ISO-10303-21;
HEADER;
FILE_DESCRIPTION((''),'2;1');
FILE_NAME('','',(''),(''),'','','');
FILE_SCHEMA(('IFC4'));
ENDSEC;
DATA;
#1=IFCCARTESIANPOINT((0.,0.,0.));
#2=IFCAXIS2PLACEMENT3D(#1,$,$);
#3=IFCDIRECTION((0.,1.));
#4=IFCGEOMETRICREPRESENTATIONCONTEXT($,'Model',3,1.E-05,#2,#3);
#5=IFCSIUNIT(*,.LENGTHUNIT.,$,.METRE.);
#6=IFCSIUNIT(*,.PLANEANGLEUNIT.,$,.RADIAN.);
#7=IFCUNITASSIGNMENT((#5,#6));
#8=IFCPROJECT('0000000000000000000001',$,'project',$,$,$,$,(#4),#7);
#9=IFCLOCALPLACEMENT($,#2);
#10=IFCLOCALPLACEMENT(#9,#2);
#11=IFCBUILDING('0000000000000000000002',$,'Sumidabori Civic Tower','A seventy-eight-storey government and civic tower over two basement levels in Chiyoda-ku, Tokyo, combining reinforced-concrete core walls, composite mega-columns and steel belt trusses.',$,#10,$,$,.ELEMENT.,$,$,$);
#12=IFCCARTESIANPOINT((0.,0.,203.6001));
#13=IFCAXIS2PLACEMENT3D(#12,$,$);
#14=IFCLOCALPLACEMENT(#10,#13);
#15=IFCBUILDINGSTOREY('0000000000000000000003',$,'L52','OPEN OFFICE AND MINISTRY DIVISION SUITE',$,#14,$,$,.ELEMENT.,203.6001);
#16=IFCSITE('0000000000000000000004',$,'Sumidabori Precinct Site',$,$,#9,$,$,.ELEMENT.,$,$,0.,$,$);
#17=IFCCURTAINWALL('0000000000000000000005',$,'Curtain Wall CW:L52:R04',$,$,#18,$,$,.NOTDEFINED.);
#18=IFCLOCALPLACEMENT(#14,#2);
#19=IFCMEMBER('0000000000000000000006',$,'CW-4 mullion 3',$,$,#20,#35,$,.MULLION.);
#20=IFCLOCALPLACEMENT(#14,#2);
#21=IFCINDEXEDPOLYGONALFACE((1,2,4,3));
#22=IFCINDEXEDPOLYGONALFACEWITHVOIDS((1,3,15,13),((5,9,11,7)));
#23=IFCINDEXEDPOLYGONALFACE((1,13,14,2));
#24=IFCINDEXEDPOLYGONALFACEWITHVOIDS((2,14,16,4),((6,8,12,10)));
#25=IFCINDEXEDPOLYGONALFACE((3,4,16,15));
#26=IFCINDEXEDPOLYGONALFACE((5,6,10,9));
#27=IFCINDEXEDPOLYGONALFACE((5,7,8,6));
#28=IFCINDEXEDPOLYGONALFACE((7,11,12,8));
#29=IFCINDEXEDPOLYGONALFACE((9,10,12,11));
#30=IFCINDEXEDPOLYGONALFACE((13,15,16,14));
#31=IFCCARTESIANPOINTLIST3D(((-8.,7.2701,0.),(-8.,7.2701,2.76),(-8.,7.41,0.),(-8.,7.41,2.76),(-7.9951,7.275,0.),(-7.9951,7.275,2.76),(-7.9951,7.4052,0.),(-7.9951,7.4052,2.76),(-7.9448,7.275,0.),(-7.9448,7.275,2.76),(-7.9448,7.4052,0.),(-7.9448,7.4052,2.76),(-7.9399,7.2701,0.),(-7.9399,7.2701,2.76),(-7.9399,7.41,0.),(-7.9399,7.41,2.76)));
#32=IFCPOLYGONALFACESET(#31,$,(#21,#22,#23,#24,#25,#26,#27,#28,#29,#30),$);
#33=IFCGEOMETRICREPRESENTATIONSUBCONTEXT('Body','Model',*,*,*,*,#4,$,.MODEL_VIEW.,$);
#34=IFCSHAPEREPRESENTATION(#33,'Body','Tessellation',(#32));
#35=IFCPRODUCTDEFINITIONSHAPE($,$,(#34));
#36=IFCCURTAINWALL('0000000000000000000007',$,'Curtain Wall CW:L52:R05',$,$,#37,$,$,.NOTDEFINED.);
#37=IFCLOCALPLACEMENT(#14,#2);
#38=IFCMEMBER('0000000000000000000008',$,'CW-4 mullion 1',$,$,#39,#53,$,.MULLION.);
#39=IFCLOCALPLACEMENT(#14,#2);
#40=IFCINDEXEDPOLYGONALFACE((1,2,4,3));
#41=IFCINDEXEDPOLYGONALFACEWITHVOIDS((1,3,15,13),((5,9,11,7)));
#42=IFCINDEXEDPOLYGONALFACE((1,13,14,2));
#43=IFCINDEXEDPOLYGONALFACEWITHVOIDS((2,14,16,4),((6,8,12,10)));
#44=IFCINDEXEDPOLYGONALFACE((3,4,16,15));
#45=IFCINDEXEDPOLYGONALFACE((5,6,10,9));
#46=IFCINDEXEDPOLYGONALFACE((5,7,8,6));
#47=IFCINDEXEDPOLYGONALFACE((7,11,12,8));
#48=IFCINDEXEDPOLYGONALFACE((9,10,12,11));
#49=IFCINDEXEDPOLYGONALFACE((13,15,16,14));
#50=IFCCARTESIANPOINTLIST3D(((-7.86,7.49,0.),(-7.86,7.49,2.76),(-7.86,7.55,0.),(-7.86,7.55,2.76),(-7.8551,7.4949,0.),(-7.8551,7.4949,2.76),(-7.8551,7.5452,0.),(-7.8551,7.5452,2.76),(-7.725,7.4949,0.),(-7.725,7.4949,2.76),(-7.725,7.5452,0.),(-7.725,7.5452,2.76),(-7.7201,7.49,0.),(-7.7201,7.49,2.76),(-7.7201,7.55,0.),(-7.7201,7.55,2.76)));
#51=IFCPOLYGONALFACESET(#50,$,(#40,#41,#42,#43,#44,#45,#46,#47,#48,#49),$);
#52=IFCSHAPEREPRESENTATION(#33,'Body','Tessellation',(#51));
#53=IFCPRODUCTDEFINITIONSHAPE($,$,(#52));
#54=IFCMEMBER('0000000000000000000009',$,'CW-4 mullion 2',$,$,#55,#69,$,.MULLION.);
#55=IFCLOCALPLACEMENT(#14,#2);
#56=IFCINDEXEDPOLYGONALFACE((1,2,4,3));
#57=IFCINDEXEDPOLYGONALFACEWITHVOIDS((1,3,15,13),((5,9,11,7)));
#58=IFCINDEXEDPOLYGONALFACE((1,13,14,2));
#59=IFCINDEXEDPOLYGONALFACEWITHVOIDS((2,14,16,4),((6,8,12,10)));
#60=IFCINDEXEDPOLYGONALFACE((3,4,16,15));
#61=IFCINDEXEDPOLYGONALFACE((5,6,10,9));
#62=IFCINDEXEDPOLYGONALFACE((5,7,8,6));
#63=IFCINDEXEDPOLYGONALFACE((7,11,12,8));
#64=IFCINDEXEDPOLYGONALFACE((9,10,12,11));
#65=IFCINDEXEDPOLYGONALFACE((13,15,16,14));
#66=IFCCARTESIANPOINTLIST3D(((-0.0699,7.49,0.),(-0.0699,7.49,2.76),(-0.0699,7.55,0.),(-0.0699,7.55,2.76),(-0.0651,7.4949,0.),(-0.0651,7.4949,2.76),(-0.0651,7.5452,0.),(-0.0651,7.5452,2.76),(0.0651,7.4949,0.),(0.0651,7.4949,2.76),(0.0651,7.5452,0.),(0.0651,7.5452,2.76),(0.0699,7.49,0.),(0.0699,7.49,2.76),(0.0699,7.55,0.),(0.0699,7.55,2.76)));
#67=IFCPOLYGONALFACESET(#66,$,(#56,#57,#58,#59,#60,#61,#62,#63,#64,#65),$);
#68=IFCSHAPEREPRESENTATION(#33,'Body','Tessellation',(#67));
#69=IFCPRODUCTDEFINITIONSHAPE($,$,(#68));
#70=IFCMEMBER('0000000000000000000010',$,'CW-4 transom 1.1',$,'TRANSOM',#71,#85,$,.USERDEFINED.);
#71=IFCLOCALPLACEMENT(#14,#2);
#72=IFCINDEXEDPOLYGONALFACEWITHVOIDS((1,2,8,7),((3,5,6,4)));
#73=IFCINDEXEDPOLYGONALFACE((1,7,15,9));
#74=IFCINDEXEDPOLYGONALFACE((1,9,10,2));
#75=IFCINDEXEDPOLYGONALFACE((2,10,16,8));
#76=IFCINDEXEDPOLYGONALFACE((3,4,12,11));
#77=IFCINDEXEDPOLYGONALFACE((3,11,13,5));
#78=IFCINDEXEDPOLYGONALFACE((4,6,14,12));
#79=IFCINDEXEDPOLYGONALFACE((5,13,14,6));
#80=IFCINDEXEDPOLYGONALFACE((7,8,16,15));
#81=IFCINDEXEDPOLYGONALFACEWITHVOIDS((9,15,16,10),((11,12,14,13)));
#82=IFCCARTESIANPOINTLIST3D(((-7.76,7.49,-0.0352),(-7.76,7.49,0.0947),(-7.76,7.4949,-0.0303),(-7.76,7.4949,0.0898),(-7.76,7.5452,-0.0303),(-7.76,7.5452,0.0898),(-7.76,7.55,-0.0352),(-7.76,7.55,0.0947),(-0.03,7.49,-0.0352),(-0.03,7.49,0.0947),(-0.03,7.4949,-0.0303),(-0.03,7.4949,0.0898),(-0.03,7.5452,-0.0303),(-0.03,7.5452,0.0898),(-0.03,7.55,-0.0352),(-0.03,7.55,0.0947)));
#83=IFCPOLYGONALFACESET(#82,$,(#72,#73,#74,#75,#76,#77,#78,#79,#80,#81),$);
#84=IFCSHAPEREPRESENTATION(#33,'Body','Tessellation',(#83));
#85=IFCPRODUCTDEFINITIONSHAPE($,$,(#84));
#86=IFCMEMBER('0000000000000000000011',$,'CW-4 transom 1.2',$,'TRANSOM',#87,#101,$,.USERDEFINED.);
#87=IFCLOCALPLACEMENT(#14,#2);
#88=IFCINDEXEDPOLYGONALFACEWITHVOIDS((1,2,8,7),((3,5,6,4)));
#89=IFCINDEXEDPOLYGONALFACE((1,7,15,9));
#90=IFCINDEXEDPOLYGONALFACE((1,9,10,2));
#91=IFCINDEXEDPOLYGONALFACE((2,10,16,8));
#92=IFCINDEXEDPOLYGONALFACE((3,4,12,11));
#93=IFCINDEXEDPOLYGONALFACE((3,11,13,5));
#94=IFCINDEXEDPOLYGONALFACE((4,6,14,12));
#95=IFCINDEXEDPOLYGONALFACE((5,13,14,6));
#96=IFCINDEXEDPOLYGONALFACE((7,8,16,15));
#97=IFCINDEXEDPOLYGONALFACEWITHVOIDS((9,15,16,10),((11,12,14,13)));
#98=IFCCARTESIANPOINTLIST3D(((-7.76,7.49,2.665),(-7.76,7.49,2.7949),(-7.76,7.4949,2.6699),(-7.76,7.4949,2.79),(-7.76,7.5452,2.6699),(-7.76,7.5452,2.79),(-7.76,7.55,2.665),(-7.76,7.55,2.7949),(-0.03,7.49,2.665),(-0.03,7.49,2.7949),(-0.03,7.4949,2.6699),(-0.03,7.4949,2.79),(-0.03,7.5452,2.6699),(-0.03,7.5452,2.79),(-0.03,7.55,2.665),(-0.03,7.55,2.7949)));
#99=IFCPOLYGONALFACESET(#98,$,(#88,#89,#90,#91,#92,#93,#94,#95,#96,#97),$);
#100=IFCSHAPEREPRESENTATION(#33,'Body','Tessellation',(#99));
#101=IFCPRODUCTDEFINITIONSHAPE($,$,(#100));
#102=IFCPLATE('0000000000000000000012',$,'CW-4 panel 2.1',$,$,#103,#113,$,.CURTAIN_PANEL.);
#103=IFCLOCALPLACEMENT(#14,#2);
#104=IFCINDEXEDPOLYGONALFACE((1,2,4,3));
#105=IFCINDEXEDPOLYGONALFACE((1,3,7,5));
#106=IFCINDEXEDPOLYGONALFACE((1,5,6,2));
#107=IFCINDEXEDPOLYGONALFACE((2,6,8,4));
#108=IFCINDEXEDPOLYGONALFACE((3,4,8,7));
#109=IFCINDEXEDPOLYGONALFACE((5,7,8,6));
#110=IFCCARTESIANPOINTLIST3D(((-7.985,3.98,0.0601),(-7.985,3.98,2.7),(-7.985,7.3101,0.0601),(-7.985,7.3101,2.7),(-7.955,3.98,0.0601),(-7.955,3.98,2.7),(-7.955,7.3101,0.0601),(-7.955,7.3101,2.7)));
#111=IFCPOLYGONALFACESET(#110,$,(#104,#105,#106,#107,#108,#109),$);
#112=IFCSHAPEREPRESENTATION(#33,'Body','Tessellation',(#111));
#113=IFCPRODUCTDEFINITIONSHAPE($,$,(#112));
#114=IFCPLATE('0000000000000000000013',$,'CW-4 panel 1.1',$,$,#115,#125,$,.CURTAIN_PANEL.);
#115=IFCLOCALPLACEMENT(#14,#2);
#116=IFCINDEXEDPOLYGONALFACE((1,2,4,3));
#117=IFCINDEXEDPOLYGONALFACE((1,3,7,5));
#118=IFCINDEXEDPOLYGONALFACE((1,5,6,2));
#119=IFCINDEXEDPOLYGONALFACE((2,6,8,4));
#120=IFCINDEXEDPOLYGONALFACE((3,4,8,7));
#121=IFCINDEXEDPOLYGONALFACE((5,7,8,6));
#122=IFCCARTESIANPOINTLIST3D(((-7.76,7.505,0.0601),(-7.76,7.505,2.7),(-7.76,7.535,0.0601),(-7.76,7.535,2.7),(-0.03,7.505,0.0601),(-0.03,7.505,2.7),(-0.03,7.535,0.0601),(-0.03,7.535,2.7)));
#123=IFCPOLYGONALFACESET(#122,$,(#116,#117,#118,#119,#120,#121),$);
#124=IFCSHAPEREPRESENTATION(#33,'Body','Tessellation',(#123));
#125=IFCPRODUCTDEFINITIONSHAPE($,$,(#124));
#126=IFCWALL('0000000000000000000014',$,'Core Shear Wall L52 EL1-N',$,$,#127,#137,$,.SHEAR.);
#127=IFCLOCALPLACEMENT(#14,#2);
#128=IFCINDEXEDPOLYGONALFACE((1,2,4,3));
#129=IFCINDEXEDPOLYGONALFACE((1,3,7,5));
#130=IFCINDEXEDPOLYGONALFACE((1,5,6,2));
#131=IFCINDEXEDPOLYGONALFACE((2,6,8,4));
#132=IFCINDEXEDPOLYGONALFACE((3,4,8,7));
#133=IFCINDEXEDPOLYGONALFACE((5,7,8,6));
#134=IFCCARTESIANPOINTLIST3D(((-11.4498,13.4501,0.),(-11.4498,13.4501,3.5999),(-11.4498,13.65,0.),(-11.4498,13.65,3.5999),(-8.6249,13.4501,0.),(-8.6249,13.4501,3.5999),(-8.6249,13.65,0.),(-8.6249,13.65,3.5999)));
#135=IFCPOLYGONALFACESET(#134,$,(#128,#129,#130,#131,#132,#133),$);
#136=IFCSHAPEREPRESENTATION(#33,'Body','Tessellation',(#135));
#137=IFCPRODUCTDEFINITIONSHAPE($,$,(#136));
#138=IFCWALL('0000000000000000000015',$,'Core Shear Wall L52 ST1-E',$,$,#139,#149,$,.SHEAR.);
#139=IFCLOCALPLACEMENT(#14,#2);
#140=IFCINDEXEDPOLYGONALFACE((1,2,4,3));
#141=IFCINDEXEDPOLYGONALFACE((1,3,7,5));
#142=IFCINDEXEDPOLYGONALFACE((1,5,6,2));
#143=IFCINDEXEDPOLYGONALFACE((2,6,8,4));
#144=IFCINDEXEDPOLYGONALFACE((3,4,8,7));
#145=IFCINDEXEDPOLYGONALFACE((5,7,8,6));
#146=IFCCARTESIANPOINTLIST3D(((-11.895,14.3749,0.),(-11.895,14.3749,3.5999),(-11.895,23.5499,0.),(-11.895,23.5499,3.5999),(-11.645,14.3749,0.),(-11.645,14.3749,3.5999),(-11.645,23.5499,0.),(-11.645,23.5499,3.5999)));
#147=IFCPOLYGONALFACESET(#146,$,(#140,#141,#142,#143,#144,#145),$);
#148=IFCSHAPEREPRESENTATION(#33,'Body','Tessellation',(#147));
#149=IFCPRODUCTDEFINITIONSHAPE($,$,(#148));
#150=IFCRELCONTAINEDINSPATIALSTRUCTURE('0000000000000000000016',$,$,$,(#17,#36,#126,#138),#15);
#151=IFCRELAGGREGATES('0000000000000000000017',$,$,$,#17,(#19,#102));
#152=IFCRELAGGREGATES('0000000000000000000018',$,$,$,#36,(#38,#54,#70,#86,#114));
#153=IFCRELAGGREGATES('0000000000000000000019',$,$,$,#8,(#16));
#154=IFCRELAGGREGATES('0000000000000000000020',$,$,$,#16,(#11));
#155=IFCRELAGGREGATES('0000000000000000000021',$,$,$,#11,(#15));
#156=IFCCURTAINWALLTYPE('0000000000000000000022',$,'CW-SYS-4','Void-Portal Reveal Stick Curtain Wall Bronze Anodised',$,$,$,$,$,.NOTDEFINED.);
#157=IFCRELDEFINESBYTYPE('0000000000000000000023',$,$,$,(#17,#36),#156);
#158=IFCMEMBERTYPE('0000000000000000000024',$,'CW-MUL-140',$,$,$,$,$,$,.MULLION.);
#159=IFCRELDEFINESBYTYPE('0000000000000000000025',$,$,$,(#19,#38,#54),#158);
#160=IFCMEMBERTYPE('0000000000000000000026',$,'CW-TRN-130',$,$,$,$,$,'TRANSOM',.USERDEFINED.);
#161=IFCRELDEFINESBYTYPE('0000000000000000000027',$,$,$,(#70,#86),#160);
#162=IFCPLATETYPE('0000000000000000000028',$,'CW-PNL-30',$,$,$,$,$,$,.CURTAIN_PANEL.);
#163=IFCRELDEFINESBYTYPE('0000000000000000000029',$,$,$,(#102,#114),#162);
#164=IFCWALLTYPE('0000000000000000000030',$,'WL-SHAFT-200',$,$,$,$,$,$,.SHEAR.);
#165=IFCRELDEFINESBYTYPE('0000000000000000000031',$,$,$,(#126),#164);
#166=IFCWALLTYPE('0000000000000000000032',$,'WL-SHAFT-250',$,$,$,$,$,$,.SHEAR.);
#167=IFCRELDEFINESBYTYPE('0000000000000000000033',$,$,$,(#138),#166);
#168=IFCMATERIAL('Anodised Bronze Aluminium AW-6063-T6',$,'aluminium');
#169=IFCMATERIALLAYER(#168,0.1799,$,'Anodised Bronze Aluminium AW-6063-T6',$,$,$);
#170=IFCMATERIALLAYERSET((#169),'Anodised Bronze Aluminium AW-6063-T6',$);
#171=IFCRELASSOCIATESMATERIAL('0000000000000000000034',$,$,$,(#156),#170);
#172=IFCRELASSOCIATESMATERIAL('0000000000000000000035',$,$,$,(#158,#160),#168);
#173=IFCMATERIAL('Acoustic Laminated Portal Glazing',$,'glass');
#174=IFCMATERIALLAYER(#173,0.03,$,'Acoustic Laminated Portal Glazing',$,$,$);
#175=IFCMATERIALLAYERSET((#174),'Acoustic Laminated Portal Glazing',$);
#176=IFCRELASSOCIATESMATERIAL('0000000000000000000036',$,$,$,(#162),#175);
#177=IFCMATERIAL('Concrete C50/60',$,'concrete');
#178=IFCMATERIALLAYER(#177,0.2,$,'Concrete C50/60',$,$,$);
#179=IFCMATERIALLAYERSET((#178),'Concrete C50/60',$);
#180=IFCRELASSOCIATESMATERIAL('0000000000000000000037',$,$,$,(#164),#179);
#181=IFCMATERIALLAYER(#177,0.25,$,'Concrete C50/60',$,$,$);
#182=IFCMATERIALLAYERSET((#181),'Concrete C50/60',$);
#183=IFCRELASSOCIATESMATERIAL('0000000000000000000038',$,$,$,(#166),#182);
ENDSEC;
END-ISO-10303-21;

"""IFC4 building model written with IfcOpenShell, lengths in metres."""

from ifc_helpers import new_model, si_unit, direction, frame, frame_2d, origin, origin_2d, place, context, subcontext, project, spatial, rectangle, hollow_rectangle, extrude, source, transform, mapped, material, layer, layer_set, material_profile, profile_set, type_object, element, aggregate, save


model = new_model("IFC4")

# Units and contexts
model_context = context("Model", 3, precision=1e-05, world=origin(), true_north=direction((0.0, 1.0)))
body_context = subcontext(model_context, "Body", "Model", "MODEL_VIEW")
ifc_project = project(units=[si_unit("LENGTHUNIT", "METRE"), si_unit("PLANEANGLEUNIT", "RADIAN")], contexts=[model_context])

# Site, building, storey
site_placement = place(None, origin())
site = spatial("IfcSite", under=ifc_project, at=site_placement, Name="Sumidabori Precinct Site", CompositionType="ELEMENT", RefElevation=0.0)
building_placement = place(site_placement, origin())
building = spatial("IfcBuilding", under=site, at=building_placement, Name="Sumidabori Civic Tower", Description="A seventy-eight-storey government and civic tower over two basement levels in Chiyoda-ku, Tokyo, combining reinforced-concrete core walls, composite mega-columns and steel belt trusses.", CompositionType="ELEMENT")
storey_placement = place(building_placement, frame((0.0, 0.0, 203.6001)))
storey = spatial("IfcBuildingStorey", under=building, at=storey_placement, Name="L52", Description="OPEN OFFICE AND MINISTRY DIVISION SUITE", CompositionType="ELEMENT", Elevation=203.6001)

# Curtain wall, member
ifc_material_1 = material(Name="Anodised Bronze Aluminium AW-6063-T6", Category="aluminium")
ifc_layer_1 = layer(ifc_material_1, 0.1799, Name="Anodised Bronze Aluminium AW-6063-T6")
ifc_layer_set_1 = layer_set([ifc_layer_1], Name="Anodised Bronze Aluminium AW-6063-T6")
curtain_wall_type = type_object("IfcCurtainWallType", Name="CW-SYS-4", Description="Void-Portal Reveal Stick Curtain Wall Bronze Anodised", PredefinedType="NOTDEFINED", material=ifc_layer_set_1)
curtain_wall_1_placement = place(storey_placement, origin())
curtain_wall_1 = element("IfcCurtainWall", 1, at=curtain_wall_1_placement, inside=storey, type_object=curtain_wall_type, Name="Curtain Wall CW:L52:R04", PredefinedType="NOTDEFINED")
ifc_material_profile_1 = material_profile(ifc_material_1, hollow_rectangle(XDim=0.0601, YDim=0.1399, WallThickness=0.0049, at=origin_2d()), Name="ALU MULLION 140x60")
ifc_profile_set_1 = profile_set([ifc_material_profile_1], Name="Anodised Bronze Aluminium AW-6063-T6")
member_type_1 = type_object("IfcMemberType", Name="CW-MUL-140", PredefinedType="MULLION", material=ifc_profile_set_1)
shared_shape_1 = source(origin(), body_context, "Body", "SweptSolid", [
    extrude(hollow_rectangle(XDim=0.0601, YDim=0.1399, WallThickness=0.0049, at=origin_2d()), origin(), (0.0, 0.0, 1.0), 2.76),
])
member_1_placement = place(storey_placement, frame((-7.97, 7.3401, 0.0), z_axis=(0.0, 0.0, 1.0), x_axis=(-1.0, 0.0, 0.0)))
member_1 = element("IfcMember", 2, at=member_1_placement, type_object=member_type_1, Name="CW-4 mullion 3", PredefinedType="MULLION", context=body_context, shape_type="MappedRepresentation", body=[
    mapped(shared_shape_1, transform((0.0, 0.0, 0.0), x_axis=(1.0, 0.0, 0.0), y_axis=(0.0, 1.0, 0.0), z_axis=(0.0, 0.0, 1.0), scale=1.0)),
])

# Curtain wall, members
curtain_wall_2_placement = place(storey_placement, origin())
curtain_wall_2 = element("IfcCurtainWall", 3, at=curtain_wall_2_placement, inside=storey, type_object=curtain_wall_type, Name="Curtain Wall CW:L52:R05", PredefinedType="NOTDEFINED")
member_2_placement = place(storey_placement, frame((-7.79, 7.52, 0.0), z_axis=(0.0, 0.0, 1.0), x_axis=(0.0, 1.0, 0.0)))
member_2 = element("IfcMember", 4, at=member_2_placement, type_object=member_type_1, Name="CW-4 mullion 1", PredefinedType="MULLION", context=body_context, shape_type="MappedRepresentation", body=[
    mapped(shared_shape_1, transform((0.0, 0.0, 0.0), x_axis=(1.0, 0.0, 0.0), y_axis=(0.0, 1.0, 0.0), z_axis=(0.0, 0.0, 1.0), scale=1.0)),
])
member_3_placement = place(storey_placement, frame((0.0, 7.52, 0.0), z_axis=(0.0, 0.0, 1.0), x_axis=(0.0, 1.0, 0.0)))
member_3 = element("IfcMember", 5, at=member_3_placement, type_object=member_type_1, Name="CW-4 mullion 2", PredefinedType="MULLION", context=body_context, shape_type="MappedRepresentation", body=[
    mapped(shared_shape_1, transform((0.0, 0.0, 0.0), x_axis=(1.0, 0.0, 0.0), y_axis=(0.0, 1.0, 0.0), z_axis=(0.0, 0.0, 1.0), scale=1.0)),
])
ifc_material_profile_2 = material_profile(ifc_material_1, hollow_rectangle(XDim=0.0601, YDim=0.1299, WallThickness=0.0049, at=origin_2d()), Name="ALU TRANSOM 130x60")
ifc_profile_set_2 = profile_set([ifc_material_profile_2], Name="Anodised Bronze Aluminium AW-6063-T6")
member_type_2 = type_object("IfcMemberType", Name="CW-TRN-130", ElementType="TRANSOM", PredefinedType="USERDEFINED", material=ifc_profile_set_2)
shared_shape_2 = source(origin(), body_context, "Body", "SweptSolid", [
    extrude(hollow_rectangle(XDim=0.0601, YDim=0.1299, WallThickness=0.0049, at=origin_2d()), origin(), (0.0, 0.0, 1.0), 7.73),
])
member_4_placement = place(storey_placement, frame((-7.76, 7.52, 0.0298), z_axis=(1.0, 0.0, 0.0), x_axis=(0.0, 1.0, 0.0)))
member_4 = element("IfcMember", 6, at=member_4_placement, type_object=member_type_2, Name="CW-4 transom 1.1", ObjectType="TRANSOM", PredefinedType="USERDEFINED", context=body_context, shape_type="MappedRepresentation", body=[
    mapped(shared_shape_2, transform((0.0, 0.0, 0.0), x_axis=(1.0, 0.0, 0.0), y_axis=(0.0, 1.0, 0.0), z_axis=(0.0, 0.0, 1.0), scale=1.0)),
])
member_5_placement = place(storey_placement, frame((-7.76, 7.52, 2.73), z_axis=(1.0, 0.0, 0.0), x_axis=(0.0, 1.0, 0.0)))
member_5 = element("IfcMember", 7, at=member_5_placement, type_object=member_type_2, Name="CW-4 transom 1.2", ObjectType="TRANSOM", PredefinedType="USERDEFINED", context=body_context, shape_type="MappedRepresentation", body=[
    mapped(shared_shape_2, transform((0.0, 0.0, 0.0), x_axis=(1.0, 0.0, 0.0), y_axis=(0.0, 1.0, 0.0), z_axis=(0.0, 0.0, 1.0), scale=1.0)),
])

# Plates
ifc_material_2 = material(Name="Acoustic Laminated Portal Glazing", Category="glass")
ifc_layer_2 = layer(ifc_material_2, 0.03, Name="Acoustic Laminated Portal Glazing")
ifc_layer_set_2 = layer_set([ifc_layer_2], Name="Acoustic Laminated Portal Glazing")
plate_type = type_object("IfcPlateType", Name="CW-PNL-30", PredefinedType="CURTAIN_PANEL", material=ifc_layer_set_2)
shared_shape_3 = source(origin(), body_context, "Body", "SweptSolid", [
    extrude(rectangle(XDim=3.3301, YDim=0.03, at=origin_2d()), origin(), (0.0, 0.0, 1.0), 2.6399),
])
plate_1_placement = place(storey_placement, frame((-7.97, 5.645, 0.0601), z_axis=(0.0, 0.0, 1.0), x_axis=(0.0, 1.0, 0.0)))
plate_1 = element("IfcPlate", 8, at=plate_1_placement, type_object=plate_type, Name="CW-4 panel 2.1", PredefinedType="CURTAIN_PANEL", context=body_context, shape_type="MappedRepresentation", body=[
    mapped(shared_shape_3, transform((0.0, 0.0, 0.0), x_axis=(1.0, 0.0, 0.0), y_axis=(0.0, 1.0, 0.0), z_axis=(0.0, 0.0, 1.0), scale=1.0)),
])
aggregate(curtain_wall_1, [member_1, plate_1])
shared_shape_4 = source(origin(), body_context, "Body", "SweptSolid", [
    extrude(rectangle(XDim=7.73, YDim=0.03, at=origin_2d()), origin(), (0.0, 0.0, 1.0), 2.6399),
])
plate_2_placement = place(storey_placement, frame((-3.895, 7.52, 0.0601), z_axis=(0.0, 0.0, 1.0), x_axis=(1.0, 0.0, 0.0)))
plate_2 = element("IfcPlate", 9, at=plate_2_placement, type_object=plate_type, Name="CW-4 panel 1.1", PredefinedType="CURTAIN_PANEL", context=body_context, shape_type="MappedRepresentation", body=[
    mapped(shared_shape_4, transform((0.0, 0.0, 0.0), x_axis=(1.0, 0.0, 0.0), y_axis=(0.0, 1.0, 0.0), z_axis=(0.0, 0.0, 1.0), scale=1.0)),
])
aggregate(curtain_wall_2, [member_2, member_3, member_4, member_5, plate_2])

# Wall
ifc_material_3 = material(Name="Concrete C50/60", Category="concrete")
ifc_layer_3 = layer(ifc_material_3, 0.2, Name="Concrete C50/60")
ifc_layer_set_3 = layer_set([ifc_layer_3], Name="Concrete C50/60")
wall_type_1 = type_object("IfcWallType", Name="WL-SHAFT-200", PredefinedType="SHEAR", material=ifc_layer_set_3)
shared_shape_5 = source(origin(), body_context, "Body", "SweptSolid", [
    extrude(rectangle(XDim=2.825, YDim=0.2, at=frame_2d((1.4126, 0.0))), origin(), (0.0, 0.0, 1.0), 3.5999),
])
wall_1_placement = place(storey_placement, frame((-11.45, 13.55, 0.0), z_axis=(0.0, 0.0, 1.0), x_axis=(1.0, 0.0, 0.0)))
element("IfcWall", 10, at=wall_1_placement, inside=storey, type_object=wall_type_1, Name="Core Shear Wall L52 EL1-N", PredefinedType="SHEAR", context=body_context, shape_type="MappedRepresentation", body=[
    mapped(shared_shape_5, transform((0.0, 0.0, 0.0), x_axis=(1.0, 0.0, 0.0), y_axis=(0.0, 1.0, 0.0), z_axis=(0.0, 0.0, 1.0), scale=1.0)),
])

# Shared definitions
ifc_layer_4 = layer(ifc_material_3, 0.25, Name="Concrete C50/60")
ifc_layer_set_4 = layer_set([ifc_layer_4], Name="Concrete C50/60")
wall_type_2 = type_object("IfcWallType", Name="WL-SHAFT-250", PredefinedType="SHEAR", material=ifc_layer_set_4)

# Wall
shared_shape_6 = source(origin(), body_context, "Body", "SweptSolid", [
    extrude(rectangle(XDim=9.175, YDim=0.25, at=frame_2d((4.5874, 0.0))), origin(), (0.0, 0.0, 1.0), 3.5999),
])
wall_2_placement = place(storey_placement, frame((-11.77, 14.375, 0.0), z_axis=(0.0, 0.0, 1.0), x_axis=(0.0, 1.0, 0.0)))
element("IfcWall", 11, at=wall_2_placement, inside=storey, type_object=wall_type_2, Name="Core Shear Wall L52 ST1-E", PredefinedType="SHEAR", context=body_context, shape_type="MappedRepresentation", body=[
    mapped(shared_shape_6, transform((0.0, 0.0, 0.0), x_axis=(1.0, 0.0, 0.0), y_axis=(0.0, 1.0, 0.0), z_axis=(0.0, 0.0, 1.0), scale=1.0)),
])

save(model, "model.ifc")
